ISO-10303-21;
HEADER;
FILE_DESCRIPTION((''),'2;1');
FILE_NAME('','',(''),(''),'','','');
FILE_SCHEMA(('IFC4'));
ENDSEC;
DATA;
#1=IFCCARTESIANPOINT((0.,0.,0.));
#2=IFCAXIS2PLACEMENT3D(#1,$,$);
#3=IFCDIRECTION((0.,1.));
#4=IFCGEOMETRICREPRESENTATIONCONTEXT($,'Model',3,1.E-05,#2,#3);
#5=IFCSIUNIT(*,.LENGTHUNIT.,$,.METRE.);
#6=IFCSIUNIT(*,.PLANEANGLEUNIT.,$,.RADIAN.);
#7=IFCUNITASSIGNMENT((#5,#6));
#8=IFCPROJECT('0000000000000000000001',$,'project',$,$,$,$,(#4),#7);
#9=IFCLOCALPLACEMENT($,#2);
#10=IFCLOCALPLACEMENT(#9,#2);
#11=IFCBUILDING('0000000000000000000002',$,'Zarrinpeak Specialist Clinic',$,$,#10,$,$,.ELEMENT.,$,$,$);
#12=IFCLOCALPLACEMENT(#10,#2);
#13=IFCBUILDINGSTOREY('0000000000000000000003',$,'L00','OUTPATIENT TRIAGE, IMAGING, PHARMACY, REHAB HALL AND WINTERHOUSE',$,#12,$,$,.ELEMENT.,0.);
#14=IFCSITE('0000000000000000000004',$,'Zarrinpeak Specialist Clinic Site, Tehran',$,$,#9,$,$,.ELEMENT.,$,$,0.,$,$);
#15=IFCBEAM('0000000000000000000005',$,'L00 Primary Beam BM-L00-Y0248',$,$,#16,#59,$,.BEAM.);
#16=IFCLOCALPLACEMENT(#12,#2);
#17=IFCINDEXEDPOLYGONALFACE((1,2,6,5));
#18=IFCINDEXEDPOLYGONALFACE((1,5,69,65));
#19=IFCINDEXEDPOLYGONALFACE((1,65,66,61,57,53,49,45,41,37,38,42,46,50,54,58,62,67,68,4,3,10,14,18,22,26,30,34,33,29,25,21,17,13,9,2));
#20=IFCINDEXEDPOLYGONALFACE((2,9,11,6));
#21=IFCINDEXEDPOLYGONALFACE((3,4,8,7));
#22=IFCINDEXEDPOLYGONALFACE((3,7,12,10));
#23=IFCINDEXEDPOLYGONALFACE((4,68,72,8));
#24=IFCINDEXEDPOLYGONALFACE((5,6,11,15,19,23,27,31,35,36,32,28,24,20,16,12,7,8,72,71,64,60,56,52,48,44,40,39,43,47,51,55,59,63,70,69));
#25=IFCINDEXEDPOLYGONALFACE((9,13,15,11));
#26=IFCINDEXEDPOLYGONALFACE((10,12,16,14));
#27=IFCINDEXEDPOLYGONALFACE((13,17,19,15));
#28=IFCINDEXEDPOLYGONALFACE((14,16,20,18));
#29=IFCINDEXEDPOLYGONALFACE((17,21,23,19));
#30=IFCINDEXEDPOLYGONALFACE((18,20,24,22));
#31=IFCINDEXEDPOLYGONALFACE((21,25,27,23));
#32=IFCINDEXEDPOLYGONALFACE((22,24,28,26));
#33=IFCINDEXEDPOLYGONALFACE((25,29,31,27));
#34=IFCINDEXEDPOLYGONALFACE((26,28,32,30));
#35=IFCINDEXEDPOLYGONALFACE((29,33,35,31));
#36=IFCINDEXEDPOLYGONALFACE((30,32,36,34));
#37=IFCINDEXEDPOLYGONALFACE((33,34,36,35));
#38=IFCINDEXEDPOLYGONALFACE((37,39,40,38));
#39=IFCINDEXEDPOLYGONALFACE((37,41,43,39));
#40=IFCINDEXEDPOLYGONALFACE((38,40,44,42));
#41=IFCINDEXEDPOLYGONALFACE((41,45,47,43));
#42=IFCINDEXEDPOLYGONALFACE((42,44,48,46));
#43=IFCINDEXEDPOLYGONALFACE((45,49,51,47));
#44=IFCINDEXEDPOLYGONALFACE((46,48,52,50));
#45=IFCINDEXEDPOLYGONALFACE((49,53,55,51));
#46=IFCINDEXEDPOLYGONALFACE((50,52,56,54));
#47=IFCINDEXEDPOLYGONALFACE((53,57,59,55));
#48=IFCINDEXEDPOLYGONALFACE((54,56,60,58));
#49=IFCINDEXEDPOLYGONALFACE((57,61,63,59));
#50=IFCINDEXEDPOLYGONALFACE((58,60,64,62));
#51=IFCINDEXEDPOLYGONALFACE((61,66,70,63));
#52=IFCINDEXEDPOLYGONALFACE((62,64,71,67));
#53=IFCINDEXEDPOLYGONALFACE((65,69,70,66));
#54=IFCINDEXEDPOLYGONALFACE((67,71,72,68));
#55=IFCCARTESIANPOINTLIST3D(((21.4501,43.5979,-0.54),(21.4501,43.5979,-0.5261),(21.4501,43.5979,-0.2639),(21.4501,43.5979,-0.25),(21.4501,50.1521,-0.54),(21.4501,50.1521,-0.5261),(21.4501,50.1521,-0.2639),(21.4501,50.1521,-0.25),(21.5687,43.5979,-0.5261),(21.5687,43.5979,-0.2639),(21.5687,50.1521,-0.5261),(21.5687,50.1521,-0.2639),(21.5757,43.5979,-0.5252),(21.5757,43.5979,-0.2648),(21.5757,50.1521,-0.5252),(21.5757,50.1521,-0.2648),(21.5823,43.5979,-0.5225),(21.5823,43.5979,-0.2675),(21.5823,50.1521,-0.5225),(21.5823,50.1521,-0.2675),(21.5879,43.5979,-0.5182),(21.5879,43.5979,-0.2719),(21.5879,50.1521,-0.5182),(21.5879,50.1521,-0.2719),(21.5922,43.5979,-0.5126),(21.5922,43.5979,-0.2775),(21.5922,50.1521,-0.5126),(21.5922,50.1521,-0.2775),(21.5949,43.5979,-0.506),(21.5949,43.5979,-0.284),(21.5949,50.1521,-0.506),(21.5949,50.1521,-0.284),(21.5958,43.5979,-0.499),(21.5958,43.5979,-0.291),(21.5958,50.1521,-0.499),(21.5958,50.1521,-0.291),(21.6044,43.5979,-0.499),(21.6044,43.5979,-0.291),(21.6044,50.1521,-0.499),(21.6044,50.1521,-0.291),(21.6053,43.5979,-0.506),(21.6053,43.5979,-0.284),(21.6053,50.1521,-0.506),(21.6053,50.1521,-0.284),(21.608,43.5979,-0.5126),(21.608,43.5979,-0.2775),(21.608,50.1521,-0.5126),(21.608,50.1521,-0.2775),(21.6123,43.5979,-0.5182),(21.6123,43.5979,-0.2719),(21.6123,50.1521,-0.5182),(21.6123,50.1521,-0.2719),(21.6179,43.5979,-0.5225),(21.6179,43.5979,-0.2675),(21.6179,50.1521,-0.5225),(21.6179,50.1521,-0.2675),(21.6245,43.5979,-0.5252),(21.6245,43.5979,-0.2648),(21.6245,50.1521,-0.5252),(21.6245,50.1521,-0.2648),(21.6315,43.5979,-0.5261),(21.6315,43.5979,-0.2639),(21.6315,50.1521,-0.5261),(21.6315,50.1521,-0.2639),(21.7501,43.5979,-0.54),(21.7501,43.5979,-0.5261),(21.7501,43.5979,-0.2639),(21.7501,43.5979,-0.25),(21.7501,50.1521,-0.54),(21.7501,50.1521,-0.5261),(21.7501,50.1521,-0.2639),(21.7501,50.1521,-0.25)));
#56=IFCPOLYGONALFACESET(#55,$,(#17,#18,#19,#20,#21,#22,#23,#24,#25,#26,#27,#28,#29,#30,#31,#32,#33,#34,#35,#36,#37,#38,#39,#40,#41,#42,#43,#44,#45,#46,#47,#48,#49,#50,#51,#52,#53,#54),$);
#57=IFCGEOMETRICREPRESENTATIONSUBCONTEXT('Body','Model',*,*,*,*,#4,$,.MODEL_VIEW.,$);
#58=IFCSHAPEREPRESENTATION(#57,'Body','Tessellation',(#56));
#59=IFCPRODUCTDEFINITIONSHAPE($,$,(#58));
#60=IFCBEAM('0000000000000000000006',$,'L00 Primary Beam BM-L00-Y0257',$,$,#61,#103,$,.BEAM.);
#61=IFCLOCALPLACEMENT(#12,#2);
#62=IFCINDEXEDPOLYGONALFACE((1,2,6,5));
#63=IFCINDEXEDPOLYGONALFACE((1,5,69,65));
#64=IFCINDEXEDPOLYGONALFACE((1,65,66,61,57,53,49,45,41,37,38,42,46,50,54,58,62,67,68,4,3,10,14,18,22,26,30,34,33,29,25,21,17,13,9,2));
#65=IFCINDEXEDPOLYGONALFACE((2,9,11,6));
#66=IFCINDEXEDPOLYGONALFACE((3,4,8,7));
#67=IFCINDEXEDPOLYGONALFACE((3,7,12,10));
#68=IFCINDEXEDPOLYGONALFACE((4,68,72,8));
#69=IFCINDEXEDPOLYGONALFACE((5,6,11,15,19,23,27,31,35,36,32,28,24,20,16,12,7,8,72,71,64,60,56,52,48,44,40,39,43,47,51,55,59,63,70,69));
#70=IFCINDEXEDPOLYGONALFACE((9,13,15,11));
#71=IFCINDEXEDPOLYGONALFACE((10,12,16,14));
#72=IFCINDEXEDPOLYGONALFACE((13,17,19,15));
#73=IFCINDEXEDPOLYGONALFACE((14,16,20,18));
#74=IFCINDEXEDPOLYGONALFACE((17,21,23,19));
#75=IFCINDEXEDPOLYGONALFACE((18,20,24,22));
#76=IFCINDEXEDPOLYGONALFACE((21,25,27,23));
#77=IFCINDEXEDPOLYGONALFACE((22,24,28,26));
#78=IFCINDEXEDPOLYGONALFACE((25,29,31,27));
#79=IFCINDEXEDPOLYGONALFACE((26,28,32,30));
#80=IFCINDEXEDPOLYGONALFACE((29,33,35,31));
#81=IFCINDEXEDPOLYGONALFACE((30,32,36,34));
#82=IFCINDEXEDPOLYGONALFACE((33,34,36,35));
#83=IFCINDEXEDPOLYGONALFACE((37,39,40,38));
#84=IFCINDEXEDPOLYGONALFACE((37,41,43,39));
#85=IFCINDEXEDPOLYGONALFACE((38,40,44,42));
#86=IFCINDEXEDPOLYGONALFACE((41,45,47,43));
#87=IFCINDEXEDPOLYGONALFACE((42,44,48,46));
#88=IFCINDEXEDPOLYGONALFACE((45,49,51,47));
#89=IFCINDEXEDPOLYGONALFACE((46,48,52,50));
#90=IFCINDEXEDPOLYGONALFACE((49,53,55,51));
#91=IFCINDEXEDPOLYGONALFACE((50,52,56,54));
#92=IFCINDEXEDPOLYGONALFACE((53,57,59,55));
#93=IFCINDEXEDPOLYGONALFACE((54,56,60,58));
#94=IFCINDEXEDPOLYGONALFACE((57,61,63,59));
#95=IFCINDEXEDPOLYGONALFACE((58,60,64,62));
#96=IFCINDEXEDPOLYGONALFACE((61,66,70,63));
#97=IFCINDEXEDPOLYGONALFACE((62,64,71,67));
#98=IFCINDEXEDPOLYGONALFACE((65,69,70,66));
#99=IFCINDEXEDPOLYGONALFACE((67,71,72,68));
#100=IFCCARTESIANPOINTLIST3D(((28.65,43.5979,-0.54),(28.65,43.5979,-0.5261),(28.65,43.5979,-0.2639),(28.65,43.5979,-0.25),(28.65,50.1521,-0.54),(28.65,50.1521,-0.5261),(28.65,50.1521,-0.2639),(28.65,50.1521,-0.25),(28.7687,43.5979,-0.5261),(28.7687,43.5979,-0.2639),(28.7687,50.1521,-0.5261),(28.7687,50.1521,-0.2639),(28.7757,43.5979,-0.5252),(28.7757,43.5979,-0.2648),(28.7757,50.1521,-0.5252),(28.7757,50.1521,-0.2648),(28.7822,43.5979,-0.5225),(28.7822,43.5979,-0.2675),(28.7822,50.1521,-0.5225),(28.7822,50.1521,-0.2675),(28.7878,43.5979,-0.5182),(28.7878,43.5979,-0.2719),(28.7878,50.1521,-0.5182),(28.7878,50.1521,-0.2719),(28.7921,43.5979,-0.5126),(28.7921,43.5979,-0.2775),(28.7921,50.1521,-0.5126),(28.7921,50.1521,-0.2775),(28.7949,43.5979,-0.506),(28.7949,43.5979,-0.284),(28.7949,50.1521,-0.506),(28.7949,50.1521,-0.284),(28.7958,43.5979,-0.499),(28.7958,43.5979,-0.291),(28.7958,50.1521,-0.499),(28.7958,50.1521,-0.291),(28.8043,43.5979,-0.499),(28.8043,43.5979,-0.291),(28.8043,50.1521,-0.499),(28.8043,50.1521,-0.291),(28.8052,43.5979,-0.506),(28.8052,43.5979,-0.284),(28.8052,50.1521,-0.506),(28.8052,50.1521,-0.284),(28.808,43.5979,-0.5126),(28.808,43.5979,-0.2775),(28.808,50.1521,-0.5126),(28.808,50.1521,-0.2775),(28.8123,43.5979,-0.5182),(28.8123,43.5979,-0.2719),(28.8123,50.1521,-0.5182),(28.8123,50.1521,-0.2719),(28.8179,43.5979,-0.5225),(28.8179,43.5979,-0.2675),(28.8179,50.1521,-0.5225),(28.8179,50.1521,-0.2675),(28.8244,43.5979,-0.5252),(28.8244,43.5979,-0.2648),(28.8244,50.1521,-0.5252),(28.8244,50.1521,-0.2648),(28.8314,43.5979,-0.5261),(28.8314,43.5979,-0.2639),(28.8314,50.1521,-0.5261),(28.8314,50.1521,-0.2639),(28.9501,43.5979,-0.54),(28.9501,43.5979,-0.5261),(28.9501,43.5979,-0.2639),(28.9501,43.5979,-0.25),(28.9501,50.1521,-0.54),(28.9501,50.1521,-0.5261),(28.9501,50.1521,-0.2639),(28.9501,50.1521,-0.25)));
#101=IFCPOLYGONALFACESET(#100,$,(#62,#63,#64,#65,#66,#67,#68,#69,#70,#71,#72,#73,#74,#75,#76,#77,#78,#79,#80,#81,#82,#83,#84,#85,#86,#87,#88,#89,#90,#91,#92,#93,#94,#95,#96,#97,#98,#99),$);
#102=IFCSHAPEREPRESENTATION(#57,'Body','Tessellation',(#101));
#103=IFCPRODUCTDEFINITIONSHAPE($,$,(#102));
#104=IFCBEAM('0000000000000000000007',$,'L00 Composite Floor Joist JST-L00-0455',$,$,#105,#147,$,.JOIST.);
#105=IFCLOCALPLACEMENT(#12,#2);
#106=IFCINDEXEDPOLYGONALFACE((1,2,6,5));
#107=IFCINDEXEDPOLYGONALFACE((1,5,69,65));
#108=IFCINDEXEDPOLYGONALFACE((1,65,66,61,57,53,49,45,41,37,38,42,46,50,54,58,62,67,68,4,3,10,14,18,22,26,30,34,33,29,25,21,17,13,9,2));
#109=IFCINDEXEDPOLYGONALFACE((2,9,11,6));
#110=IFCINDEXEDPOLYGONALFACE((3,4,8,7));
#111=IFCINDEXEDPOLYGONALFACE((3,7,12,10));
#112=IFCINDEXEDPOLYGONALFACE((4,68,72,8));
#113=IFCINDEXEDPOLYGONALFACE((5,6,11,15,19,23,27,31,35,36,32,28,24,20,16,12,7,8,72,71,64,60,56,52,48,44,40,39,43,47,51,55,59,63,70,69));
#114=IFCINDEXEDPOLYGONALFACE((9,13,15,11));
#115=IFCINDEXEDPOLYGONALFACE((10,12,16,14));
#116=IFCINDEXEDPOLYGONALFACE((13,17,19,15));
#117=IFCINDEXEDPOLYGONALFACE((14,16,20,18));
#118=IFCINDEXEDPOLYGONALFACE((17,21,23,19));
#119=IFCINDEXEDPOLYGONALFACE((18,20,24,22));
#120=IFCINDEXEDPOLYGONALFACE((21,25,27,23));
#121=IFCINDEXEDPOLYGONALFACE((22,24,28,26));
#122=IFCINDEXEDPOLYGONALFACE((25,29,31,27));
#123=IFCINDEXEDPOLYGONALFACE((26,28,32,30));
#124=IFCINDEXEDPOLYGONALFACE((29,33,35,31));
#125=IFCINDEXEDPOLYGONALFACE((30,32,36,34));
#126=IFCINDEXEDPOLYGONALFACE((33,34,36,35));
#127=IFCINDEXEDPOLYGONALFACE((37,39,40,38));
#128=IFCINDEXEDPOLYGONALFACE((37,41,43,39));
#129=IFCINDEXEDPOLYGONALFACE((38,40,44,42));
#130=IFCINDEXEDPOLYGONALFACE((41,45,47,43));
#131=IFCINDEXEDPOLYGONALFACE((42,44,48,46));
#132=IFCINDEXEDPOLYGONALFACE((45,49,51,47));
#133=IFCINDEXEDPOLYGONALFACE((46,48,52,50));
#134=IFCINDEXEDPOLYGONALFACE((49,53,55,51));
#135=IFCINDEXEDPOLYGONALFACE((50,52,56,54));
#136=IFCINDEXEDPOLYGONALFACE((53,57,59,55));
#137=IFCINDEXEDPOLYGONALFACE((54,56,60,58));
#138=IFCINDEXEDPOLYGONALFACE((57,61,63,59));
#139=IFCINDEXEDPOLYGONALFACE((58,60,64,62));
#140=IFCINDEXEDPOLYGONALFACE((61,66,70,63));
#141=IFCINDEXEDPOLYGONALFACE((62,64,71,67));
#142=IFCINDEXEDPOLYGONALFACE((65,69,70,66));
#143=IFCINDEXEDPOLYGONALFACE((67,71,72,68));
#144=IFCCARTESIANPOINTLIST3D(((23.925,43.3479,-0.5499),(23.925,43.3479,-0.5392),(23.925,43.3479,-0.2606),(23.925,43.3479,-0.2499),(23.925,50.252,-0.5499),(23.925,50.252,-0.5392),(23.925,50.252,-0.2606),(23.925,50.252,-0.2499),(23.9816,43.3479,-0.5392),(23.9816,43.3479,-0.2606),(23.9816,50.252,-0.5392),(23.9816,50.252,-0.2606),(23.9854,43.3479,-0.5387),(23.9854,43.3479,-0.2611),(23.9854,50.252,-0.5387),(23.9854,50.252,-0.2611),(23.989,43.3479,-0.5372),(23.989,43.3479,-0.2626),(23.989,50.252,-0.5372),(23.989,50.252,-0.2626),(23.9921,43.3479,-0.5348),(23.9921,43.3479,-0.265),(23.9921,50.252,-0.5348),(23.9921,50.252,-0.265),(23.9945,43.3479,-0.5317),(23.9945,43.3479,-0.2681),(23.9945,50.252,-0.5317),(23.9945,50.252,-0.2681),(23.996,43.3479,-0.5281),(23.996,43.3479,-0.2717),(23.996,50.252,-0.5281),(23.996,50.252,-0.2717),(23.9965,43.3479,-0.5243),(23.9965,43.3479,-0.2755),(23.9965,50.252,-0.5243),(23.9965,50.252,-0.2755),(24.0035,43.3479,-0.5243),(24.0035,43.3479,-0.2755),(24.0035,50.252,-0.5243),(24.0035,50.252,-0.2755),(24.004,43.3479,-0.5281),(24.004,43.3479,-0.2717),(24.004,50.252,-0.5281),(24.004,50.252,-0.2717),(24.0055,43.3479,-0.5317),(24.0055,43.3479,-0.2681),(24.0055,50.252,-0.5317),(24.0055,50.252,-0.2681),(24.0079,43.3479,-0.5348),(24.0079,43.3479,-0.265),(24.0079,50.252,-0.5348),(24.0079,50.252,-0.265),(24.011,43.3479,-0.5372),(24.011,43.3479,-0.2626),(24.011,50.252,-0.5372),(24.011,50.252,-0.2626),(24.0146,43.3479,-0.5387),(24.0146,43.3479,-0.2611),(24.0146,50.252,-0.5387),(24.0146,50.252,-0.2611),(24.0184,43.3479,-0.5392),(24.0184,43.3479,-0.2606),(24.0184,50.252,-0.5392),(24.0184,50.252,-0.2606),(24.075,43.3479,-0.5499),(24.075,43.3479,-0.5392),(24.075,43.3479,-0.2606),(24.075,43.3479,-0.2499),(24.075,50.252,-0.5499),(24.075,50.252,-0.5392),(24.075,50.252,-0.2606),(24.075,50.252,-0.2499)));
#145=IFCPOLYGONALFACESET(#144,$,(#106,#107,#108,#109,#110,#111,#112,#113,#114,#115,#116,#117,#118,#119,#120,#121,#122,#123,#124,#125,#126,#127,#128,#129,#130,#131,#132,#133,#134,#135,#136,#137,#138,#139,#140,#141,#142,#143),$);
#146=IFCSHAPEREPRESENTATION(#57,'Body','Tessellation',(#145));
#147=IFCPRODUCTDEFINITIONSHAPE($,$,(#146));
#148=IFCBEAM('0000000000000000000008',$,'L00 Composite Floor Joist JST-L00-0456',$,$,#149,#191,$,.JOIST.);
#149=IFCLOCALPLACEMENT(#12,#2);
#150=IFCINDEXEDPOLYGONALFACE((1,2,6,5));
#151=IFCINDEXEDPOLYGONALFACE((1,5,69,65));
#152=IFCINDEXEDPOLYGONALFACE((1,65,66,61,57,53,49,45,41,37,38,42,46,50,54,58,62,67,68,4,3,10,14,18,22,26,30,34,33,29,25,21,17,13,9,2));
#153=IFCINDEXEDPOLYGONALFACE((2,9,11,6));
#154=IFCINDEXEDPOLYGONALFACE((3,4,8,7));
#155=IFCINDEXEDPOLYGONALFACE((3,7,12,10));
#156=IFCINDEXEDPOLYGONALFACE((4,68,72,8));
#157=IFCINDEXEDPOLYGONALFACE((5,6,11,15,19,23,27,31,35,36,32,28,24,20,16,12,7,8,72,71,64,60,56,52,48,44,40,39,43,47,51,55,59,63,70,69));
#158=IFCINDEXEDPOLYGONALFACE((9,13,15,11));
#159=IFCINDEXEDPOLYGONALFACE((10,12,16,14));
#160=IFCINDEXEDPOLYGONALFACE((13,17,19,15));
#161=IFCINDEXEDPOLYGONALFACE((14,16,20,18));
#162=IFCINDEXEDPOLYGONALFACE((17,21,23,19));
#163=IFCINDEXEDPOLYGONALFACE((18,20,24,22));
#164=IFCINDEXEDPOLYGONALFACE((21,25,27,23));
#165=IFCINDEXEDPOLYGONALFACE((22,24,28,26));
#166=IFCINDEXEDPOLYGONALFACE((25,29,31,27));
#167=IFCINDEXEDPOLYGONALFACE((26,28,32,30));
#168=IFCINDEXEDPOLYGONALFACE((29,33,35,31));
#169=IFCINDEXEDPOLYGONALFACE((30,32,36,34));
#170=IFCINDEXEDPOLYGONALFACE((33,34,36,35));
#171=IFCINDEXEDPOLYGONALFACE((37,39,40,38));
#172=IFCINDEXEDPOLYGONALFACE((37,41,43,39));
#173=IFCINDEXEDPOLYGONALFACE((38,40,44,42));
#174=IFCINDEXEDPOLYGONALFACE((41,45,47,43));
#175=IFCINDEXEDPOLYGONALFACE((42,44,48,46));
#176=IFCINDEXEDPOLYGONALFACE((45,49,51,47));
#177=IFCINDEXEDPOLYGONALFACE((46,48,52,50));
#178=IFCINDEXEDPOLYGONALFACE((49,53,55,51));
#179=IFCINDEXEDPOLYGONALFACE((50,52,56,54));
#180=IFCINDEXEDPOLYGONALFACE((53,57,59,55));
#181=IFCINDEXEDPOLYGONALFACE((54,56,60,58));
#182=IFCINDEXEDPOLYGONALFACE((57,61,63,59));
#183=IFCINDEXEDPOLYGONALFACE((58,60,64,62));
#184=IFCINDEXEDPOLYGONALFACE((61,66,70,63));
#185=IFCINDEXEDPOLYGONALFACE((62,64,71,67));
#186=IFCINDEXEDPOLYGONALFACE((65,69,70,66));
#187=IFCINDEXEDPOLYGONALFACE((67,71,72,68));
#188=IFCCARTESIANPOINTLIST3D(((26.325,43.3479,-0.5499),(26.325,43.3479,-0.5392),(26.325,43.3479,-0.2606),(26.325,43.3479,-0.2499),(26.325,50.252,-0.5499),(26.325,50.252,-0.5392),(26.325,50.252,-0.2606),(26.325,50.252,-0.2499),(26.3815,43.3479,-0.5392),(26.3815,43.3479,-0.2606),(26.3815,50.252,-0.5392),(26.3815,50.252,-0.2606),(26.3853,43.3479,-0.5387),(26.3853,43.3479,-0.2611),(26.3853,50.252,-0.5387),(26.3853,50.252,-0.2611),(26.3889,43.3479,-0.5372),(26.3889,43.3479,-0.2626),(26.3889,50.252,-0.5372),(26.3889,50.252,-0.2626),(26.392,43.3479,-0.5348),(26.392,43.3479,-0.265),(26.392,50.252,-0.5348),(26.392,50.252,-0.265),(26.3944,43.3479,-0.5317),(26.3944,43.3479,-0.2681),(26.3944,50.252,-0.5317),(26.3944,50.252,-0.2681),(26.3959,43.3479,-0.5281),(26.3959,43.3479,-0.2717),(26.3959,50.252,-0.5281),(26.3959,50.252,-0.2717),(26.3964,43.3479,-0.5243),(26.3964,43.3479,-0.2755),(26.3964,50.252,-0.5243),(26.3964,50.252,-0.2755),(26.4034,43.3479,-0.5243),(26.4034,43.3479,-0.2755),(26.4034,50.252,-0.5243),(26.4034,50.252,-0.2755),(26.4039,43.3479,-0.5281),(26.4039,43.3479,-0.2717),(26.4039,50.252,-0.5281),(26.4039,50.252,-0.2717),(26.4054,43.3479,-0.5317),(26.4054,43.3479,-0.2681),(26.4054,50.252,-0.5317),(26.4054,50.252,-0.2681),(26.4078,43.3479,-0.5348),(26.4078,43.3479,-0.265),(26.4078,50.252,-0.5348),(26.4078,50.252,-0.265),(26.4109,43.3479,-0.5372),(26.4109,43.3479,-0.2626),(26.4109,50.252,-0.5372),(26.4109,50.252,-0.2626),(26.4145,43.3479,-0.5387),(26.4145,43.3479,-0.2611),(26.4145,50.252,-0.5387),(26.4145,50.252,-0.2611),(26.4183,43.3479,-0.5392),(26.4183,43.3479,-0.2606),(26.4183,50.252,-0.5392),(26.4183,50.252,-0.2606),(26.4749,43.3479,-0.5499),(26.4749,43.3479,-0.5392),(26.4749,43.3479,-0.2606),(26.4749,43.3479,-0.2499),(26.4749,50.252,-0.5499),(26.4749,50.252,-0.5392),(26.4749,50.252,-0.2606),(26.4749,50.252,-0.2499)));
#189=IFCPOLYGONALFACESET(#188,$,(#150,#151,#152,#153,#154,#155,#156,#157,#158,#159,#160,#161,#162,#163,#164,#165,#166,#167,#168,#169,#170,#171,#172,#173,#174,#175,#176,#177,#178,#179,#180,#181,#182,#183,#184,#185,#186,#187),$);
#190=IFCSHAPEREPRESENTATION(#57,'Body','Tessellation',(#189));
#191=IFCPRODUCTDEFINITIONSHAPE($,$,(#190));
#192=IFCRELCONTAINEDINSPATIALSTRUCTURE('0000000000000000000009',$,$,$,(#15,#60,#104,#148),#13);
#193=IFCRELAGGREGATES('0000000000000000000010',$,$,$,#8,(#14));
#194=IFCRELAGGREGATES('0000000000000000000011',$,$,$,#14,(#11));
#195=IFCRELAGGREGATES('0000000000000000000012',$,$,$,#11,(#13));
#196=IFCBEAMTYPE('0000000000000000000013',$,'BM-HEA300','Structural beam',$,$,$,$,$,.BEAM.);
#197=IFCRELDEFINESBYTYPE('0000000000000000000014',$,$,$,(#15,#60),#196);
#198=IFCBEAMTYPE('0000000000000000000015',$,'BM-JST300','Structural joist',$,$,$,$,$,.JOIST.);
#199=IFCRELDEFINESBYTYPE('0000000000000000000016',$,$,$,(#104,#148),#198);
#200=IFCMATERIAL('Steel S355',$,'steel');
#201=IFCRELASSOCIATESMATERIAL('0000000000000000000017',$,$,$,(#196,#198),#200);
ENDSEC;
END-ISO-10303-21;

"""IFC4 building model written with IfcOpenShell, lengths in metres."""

from ifc_helpers import new_model, si_unit, direction, frame, origin, origin_2d, place, context, subcontext, project, spatial, i_section, extrude, material, material_profile, profile_set, type_object, element, save


model = new_model("IFC4")

# Units and contexts
model_context = context("Model", 3, precision=1e-05, world=origin(), true_north=direction((0.0, 1.0)))
body_context = subcontext(model_context, "Body", "Model", "MODEL_VIEW")
ifc_project = project(units=[si_unit("LENGTHUNIT", "METRE"), si_unit("PLANEANGLEUNIT", "RADIAN")], contexts=[model_context])

# Site, building, storey
site_placement = place(None, origin())
site = spatial("IfcSite", under=ifc_project, at=site_placement, Name="Zarrinpeak Specialist Clinic Site, Tehran", CompositionType="ELEMENT", RefElevation=0.0)
building_placement = place(site_placement, origin())
building = spatial("IfcBuilding", under=site, at=building_placement, Name="Zarrinpeak Specialist Clinic", CompositionType="ELEMENT")
storey_placement = place(building_placement, origin())
storey = spatial("IfcBuildingStorey", under=building, at=storey_placement, Name="L00", Description="OUTPATIENT TRIAGE, IMAGING, PHARMACY, REHAB HALL AND WINTERHOUSE", CompositionType="ELEMENT", Elevation=0.0)

# Beams
ifc_material_1 = material(Name="Steel S355", Category="steel")
ifc_material_profile_1 = material_profile(ifc_material_1, i_section(OverallWidth=0.3, OverallDepth=0.29, WebThickness=0.0085, FlangeThickness=0.0139, FilletRadius=0.0271, at=origin_2d()), Name="HEA 300")
ifc_profile_set_1 = profile_set([ifc_material_profile_1], Name="Steel S355")
beam_type_1 = type_object("IfcBeamType", Name="BM-HEA300", Description="Structural beam", PredefinedType="BEAM", material=ifc_profile_set_1)
for number, where, z_axis, x_axis, name in (
    (1, (21.6001, 43.5979, -0.395), (0.0, 1.0, 0.0), (-1.0, 0.0, 0.0), "L00 Primary Beam BM-L00-Y0248"),
    (2, (28.8, 43.5979, -0.395), (0.0, 1.0, 0.0), (-1.0, 0.0, 0.0), "L00 Primary Beam BM-L00-Y0257"),
):
    element("IfcBeam", number, at=place(storey_placement, frame(where, z_axis=z_axis, x_axis=x_axis)), inside=storey, type_object=beam_type_1, Name=name, PredefinedType="BEAM", context=body_context, shape_type="SweptSolid", body=[
        extrude(i_section(OverallWidth=0.3, OverallDepth=0.29, WebThickness=0.0085, FlangeThickness=0.0139, FilletRadius=0.0271, at=origin_2d()), origin(), (0.0, 0.0, 1.0), 6.5542),
    ])
ifc_material_profile_2 = material_profile(ifc_material_1, i_section(OverallWidth=0.1499, OverallDepth=0.3, WebThickness=0.0071, FlangeThickness=0.0107, FilletRadius=0.0149, at=origin_2d()), Name="IPE 300")
ifc_profile_set_2 = profile_set([ifc_material_profile_2], Name="Steel S355")
beam_type_2 = type_object("IfcBeamType", Name="BM-JST300", Description="Structural joist", PredefinedType="JOIST", material=ifc_profile_set_2)
for number, where, z_axis, x_axis, name in (
    (3, (24.0, 43.3479, -0.3999), (0.0, 1.0, 0.0), (-1.0, 0.0, 0.0), "L00 Composite Floor Joist JST-L00-0455"),
    (4, (26.3999, 43.3479, -0.3999), (0.0, 1.0, 0.0), (-1.0, 0.0, 0.0), "L00 Composite Floor Joist JST-L00-0456"),
):
    element("IfcBeam", number, at=place(storey_placement, frame(where, z_axis=z_axis, x_axis=x_axis)), inside=storey, type_object=beam_type_2, Name=name, PredefinedType="JOIST", context=body_context, shape_type="SweptSolid", body=[
        extrude(i_section(OverallWidth=0.1499, OverallDepth=0.3, WebThickness=0.0071, FlangeThickness=0.0107, FilletRadius=0.0149, at=origin_2d()), origin(), (0.0, 0.0, 1.0), 6.9041),
    ])

save(model, "model.ifc")
